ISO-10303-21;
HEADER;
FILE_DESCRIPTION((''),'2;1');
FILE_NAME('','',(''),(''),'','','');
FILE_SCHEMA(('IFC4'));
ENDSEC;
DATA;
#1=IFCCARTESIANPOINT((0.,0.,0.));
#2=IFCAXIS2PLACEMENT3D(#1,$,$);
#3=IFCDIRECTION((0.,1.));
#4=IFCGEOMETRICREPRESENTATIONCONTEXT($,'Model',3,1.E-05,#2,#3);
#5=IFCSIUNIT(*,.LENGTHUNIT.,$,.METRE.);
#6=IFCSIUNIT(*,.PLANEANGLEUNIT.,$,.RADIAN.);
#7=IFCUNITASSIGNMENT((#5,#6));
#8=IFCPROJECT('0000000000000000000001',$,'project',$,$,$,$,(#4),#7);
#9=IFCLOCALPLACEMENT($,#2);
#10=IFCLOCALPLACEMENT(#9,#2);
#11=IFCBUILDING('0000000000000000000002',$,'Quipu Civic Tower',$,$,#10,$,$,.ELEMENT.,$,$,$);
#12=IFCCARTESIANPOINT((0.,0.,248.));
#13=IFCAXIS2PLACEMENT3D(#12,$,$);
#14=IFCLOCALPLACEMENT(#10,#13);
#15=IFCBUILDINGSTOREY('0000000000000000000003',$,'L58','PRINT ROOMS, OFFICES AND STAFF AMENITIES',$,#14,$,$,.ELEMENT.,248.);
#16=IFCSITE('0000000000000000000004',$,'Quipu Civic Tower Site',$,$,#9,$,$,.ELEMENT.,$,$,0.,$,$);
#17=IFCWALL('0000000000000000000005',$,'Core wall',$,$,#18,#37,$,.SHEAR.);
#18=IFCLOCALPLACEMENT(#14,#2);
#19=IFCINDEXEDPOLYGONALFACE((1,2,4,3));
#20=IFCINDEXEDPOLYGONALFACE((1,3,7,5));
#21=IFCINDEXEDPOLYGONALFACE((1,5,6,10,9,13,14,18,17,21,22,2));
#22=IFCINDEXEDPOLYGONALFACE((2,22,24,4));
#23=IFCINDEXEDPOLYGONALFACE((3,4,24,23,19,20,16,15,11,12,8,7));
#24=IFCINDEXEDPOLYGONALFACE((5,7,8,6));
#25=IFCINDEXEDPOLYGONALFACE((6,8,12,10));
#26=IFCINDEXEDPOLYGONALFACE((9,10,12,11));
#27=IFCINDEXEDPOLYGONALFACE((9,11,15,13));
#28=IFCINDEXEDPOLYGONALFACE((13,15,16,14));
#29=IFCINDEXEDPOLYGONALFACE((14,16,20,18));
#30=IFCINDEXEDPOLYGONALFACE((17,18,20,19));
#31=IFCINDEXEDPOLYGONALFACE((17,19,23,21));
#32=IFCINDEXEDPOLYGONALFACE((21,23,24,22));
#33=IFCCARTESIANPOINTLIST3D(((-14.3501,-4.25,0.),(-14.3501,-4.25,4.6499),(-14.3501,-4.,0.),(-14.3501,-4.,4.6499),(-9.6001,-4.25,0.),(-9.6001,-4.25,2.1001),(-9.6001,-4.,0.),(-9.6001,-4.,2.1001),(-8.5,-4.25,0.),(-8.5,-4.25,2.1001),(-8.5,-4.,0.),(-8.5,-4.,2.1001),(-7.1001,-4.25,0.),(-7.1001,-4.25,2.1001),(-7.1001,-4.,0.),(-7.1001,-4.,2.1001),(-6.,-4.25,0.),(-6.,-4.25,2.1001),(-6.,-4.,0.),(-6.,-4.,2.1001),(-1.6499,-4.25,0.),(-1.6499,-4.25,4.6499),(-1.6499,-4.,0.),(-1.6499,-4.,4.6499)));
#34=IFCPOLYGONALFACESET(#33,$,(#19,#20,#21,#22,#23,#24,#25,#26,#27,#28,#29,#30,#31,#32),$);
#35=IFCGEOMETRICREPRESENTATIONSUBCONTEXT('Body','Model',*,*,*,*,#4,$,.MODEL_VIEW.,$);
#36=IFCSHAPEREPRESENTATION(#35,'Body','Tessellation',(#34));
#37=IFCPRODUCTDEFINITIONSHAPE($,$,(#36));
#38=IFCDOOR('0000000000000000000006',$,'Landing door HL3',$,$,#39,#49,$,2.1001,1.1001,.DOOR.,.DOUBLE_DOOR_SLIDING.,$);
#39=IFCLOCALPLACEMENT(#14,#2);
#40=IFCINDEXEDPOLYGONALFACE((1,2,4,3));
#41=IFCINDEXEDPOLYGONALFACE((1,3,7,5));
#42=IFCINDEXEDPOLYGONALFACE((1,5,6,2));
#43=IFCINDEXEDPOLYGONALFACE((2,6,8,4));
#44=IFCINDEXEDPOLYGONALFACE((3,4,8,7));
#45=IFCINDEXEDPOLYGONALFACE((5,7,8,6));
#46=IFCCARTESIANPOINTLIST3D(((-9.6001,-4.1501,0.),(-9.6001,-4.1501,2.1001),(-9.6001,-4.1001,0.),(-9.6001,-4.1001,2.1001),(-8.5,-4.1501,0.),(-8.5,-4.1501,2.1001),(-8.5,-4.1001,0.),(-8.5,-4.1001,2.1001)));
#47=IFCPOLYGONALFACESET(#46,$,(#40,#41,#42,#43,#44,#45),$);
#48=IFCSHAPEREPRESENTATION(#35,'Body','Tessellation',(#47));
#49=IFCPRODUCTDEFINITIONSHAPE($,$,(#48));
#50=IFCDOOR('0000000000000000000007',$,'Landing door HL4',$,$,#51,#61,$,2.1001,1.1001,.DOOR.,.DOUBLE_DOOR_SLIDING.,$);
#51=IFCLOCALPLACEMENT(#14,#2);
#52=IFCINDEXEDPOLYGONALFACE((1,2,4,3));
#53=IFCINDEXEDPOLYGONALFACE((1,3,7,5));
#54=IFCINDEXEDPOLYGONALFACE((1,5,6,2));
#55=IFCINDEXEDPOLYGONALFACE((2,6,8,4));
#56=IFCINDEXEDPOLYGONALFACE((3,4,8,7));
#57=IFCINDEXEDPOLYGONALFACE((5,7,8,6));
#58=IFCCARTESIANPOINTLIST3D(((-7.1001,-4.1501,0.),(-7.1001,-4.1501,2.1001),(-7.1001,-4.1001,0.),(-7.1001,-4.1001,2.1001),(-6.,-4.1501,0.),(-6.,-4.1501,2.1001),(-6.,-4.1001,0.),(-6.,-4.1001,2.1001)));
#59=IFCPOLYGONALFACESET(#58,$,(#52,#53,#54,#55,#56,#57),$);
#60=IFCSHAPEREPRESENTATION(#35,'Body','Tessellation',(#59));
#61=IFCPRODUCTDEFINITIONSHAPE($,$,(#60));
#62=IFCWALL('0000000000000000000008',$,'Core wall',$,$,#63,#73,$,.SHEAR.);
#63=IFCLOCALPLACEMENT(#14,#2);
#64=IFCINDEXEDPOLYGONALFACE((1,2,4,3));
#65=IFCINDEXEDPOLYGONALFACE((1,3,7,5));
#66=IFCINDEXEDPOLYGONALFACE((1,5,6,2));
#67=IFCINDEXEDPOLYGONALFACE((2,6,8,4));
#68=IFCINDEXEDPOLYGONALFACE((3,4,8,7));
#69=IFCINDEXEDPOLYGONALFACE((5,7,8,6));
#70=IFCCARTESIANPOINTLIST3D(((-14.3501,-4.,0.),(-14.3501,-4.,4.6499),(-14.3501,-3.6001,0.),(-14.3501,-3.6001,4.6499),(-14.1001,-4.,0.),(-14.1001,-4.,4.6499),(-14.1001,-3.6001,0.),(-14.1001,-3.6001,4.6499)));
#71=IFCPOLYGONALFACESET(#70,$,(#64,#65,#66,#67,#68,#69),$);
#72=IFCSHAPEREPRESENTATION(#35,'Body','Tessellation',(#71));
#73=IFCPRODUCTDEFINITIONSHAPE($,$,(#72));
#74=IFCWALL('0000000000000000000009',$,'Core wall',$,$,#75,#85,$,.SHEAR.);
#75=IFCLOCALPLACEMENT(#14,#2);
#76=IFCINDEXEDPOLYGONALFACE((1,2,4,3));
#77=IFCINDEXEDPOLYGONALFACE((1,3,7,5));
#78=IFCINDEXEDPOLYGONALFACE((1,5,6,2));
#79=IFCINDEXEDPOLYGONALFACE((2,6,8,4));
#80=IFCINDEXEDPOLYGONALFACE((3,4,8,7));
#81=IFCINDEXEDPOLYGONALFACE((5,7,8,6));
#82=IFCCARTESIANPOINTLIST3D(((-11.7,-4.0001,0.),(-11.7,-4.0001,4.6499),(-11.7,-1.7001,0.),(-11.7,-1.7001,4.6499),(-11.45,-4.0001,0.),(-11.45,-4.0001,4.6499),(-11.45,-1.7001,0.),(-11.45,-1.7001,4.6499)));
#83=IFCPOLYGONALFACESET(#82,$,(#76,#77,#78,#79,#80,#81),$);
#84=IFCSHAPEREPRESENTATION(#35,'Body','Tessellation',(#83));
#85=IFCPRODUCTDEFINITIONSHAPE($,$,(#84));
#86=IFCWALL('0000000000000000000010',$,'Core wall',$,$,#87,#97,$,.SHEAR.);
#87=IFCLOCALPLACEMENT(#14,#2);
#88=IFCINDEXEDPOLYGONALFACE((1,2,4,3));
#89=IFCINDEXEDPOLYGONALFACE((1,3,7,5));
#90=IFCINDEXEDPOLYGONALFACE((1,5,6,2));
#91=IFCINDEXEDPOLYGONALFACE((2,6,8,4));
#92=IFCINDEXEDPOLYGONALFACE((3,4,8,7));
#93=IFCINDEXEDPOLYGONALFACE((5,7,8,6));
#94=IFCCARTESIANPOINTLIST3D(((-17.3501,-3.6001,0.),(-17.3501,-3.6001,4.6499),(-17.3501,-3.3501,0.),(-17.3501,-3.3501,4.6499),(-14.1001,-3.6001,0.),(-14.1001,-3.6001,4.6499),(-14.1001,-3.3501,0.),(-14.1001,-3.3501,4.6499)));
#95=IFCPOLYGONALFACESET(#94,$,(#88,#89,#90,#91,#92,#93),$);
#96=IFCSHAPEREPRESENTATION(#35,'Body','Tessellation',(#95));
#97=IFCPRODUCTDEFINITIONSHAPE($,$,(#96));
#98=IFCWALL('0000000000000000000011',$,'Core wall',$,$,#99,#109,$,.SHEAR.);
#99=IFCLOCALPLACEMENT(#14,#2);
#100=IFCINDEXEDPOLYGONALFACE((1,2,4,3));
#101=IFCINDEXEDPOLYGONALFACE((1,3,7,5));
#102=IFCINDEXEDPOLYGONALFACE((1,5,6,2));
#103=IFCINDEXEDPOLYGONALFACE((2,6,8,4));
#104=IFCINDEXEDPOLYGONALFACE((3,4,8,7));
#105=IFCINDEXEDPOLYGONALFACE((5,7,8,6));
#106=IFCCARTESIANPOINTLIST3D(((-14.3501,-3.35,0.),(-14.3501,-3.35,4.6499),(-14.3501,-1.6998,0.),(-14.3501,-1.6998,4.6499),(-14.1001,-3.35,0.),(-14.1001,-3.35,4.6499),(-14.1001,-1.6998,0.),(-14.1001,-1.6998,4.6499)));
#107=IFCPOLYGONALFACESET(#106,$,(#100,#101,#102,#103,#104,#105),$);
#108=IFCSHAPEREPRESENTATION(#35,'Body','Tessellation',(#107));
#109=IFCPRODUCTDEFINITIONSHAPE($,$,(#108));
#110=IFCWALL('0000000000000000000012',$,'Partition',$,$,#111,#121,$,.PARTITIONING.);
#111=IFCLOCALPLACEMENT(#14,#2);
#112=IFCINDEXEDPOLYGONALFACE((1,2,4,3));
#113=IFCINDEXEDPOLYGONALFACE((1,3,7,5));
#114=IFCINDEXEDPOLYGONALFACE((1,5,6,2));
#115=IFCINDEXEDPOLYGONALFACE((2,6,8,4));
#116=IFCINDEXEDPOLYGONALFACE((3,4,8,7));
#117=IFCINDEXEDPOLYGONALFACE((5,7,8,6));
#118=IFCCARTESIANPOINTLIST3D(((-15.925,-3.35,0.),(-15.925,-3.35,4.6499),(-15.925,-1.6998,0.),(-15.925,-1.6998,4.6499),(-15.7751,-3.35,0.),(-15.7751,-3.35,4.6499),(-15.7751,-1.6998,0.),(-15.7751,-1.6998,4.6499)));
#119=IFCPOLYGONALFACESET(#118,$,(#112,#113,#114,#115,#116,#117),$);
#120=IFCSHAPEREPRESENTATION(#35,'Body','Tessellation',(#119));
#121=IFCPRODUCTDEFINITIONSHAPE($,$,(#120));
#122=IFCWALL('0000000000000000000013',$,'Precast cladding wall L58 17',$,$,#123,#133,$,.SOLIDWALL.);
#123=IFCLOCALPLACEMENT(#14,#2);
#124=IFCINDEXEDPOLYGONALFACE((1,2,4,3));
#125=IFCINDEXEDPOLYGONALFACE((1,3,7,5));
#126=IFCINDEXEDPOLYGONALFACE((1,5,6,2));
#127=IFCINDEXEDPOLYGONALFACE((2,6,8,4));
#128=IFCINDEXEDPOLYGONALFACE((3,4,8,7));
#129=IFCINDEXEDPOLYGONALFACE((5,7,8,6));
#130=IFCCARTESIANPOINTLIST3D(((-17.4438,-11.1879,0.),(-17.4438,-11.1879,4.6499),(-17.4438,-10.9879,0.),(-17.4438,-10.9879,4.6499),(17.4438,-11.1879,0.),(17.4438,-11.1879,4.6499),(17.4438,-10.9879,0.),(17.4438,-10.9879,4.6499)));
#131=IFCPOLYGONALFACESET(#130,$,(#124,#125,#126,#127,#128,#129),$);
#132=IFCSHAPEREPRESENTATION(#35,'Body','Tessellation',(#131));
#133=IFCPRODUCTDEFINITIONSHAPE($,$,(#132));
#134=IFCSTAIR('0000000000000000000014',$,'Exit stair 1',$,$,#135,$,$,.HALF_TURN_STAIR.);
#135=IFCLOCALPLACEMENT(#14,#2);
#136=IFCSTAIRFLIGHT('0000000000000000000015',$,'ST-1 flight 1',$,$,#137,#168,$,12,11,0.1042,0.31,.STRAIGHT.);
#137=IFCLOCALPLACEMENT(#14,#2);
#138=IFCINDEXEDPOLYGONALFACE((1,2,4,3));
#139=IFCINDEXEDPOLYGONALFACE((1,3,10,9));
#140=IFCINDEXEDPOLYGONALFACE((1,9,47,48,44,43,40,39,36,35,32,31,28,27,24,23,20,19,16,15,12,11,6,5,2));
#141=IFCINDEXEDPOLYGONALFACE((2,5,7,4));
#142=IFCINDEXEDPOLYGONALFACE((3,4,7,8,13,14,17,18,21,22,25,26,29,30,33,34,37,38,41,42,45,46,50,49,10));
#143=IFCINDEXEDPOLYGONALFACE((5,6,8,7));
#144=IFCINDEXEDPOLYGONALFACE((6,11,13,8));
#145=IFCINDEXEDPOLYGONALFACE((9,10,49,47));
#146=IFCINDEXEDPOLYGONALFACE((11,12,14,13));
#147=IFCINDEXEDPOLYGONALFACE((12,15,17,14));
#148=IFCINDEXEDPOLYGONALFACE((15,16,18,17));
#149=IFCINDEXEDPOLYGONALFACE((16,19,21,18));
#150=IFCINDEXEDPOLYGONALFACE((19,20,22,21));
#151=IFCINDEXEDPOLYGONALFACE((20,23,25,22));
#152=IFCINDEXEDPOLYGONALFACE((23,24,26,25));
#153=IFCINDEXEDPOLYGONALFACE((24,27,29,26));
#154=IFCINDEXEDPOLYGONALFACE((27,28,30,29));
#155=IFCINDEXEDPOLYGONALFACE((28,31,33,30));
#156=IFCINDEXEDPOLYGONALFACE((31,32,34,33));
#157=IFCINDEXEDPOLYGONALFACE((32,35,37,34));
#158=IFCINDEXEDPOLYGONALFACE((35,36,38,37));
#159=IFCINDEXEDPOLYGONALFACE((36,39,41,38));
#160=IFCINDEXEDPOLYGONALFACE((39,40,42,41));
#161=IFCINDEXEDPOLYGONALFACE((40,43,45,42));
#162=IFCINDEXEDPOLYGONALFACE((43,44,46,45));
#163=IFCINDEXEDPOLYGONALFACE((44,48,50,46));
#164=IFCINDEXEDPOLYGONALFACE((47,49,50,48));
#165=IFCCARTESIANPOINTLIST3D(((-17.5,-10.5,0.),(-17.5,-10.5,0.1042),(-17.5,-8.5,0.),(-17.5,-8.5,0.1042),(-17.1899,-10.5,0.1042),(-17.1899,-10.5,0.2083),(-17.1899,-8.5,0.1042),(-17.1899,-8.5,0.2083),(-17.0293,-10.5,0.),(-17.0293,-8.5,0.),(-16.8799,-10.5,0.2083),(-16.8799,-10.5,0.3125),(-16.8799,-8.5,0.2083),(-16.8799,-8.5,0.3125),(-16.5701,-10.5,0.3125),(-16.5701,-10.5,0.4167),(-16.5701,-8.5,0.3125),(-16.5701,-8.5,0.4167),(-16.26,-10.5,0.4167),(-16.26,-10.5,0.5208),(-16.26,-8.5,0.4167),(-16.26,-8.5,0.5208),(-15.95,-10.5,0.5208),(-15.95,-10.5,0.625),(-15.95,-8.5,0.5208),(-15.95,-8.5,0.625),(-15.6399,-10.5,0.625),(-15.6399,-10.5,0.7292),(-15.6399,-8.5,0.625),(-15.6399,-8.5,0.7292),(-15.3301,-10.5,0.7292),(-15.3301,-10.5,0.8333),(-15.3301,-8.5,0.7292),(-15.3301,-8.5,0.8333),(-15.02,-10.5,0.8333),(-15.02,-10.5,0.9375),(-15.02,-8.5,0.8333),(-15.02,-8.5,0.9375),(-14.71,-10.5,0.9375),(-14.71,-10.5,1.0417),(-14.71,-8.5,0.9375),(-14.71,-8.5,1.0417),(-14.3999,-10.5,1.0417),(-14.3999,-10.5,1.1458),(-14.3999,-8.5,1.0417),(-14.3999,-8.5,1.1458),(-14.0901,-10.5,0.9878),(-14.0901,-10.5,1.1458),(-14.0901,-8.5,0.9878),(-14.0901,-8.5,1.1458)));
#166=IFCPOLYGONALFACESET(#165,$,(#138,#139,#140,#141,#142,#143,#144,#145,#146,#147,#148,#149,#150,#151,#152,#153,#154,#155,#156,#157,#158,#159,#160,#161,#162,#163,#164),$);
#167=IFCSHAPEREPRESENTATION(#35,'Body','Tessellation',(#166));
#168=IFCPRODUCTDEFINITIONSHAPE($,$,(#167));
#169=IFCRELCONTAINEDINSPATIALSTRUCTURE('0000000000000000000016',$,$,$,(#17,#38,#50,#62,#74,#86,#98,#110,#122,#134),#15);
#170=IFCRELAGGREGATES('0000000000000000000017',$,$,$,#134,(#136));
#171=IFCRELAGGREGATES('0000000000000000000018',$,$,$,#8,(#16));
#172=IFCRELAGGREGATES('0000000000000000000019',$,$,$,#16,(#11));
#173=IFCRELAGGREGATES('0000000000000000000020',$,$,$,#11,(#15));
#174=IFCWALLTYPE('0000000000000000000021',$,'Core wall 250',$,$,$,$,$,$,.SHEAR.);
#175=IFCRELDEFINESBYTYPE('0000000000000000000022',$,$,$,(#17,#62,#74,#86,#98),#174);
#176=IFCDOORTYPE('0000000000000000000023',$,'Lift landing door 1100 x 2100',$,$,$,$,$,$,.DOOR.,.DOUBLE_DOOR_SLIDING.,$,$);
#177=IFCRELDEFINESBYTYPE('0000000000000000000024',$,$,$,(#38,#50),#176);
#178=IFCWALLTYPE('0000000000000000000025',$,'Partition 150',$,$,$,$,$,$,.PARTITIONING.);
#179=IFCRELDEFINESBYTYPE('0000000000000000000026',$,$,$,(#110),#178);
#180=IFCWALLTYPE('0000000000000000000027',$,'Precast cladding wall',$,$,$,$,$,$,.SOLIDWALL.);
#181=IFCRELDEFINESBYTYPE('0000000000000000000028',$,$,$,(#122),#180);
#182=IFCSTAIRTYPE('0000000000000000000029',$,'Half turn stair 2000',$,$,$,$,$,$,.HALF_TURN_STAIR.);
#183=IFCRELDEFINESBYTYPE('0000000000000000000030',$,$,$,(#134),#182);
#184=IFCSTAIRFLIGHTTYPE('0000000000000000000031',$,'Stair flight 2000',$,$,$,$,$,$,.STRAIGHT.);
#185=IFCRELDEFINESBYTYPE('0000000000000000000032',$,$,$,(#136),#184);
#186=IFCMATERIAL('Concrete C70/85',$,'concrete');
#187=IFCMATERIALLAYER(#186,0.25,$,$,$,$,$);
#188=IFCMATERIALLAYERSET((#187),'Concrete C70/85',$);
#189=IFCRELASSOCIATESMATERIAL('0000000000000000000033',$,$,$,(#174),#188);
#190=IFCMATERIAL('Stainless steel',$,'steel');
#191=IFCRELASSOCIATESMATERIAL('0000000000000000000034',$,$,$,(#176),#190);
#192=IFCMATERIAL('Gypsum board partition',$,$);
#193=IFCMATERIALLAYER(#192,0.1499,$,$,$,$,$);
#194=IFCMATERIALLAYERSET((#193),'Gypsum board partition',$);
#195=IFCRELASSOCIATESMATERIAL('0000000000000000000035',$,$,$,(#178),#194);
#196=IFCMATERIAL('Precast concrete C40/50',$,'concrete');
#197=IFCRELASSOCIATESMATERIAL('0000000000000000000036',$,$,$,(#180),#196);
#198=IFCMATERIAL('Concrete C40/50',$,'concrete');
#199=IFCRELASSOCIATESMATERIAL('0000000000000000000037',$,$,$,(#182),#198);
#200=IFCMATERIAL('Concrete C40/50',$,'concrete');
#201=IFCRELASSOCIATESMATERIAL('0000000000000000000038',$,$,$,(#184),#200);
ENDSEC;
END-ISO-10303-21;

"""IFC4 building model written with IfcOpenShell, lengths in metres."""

from ifc_helpers import new_model, si_unit, direction, frame, frame_2d, origin, place, context, subcontext, project, spatial, polyline, rectangle, outline, extrude, material, layer, layer_set, type_object, element, fill, aggregate, save


model = new_model("IFC4")

# Units and contexts
model_context = context("Model", 3, precision=1e-05, world=origin(), true_north=direction((0.0, 1.0)))
body_context = subcontext(model_context, "Body", "Model", "MODEL_VIEW")
ifc_project = project(units=[si_unit("LENGTHUNIT", "METRE"), si_unit("PLANEANGLEUNIT", "RADIAN")], contexts=[model_context])

# Site, building, storey
site_placement = place(None, origin())
site = spatial("IfcSite", under=ifc_project, at=site_placement, Name="Quipu Civic Tower Site", CompositionType="ELEMENT", RefElevation=0.0)
building_placement = place(site_placement, origin())
building = spatial("IfcBuilding", under=site, at=building_placement, Name="Quipu Civic Tower", CompositionType="ELEMENT")
storey_placement = place(building_placement, frame((0.0, 0.0, 248.0)))
storey = spatial("IfcBuildingStorey", under=building, at=storey_placement, Name="L58", Description="PRINT ROOMS, OFFICES AND STAFF AMENITIES", CompositionType="ELEMENT", Elevation=248.0)

# Shared definitions
ifc_material_1 = material(Name="Concrete C70/85", Category="concrete")
ifc_layer_1 = layer(ifc_material_1, 0.25)
ifc_layer_set_1 = layer_set([ifc_layer_1], Name="Concrete C70/85")
wall_type_1 = type_object("IfcWallType", Name="Core wall 250", PredefinedType="SHEAR", material=ifc_layer_set_1)

# Wall, openings, doors
wall_1_placement = place(storey_placement, frame((-14.3501, -4.125, 0.0), z_axis=(0.0, 0.0, 1.0), x_axis=(1.0, 0.0, 0.0)))
wall_1 = element("IfcWall", 1, at=wall_1_placement, inside=storey, type_object=wall_type_1, Name="Core wall", PredefinedType="SHEAR", context=body_context, shape_type="SweptSolid", body=[
    extrude(rectangle(XDim=12.7002, YDim=0.25, at=frame_2d((6.3501, 0.0))), origin(), (0.0, 0.0, 1.0), 4.6499),
])
opening_1_placement = place(wall_1_placement, frame((4.75, 0.0, 0.0)))
opening_1 = element("IfcOpeningElement", 2, at=opening_1_placement, cuts=wall_1, PredefinedType="OPENING", context=body_context, shape_type="SweptSolid", body=[
    extrude(rectangle(XDim=1.1001, YDim=2.1001, at=frame_2d((0.55, 1.05))), frame((0.0, 0.135, 0.0), z_axis=(0.0, -1.0, 0.0), x_axis=(1.0, 0.0, 0.0)), (0.0, 0.0, 1.0), 0.27),
])
opening_2_placement = place(wall_1_placement, frame((7.25, 0.0, 0.0)))
opening_2 = element("IfcOpeningElement", 3, at=opening_2_placement, cuts=wall_1, PredefinedType="OPENING", context=body_context, shape_type="SweptSolid", body=[
    extrude(rectangle(XDim=1.1001, YDim=2.1001, at=frame_2d((0.55, 1.05))), frame((0.0, 0.135, 0.0), z_axis=(0.0, -1.0, 0.0), x_axis=(1.0, 0.0, 0.0)), (0.0, 0.0, 1.0), 0.27),
])
ifc_material_2 = material(Name="Stainless steel", Category="steel")
door_type_1 = type_object("IfcDoorType", Name="Lift landing door 1100 x 2100", OperationType="DOUBLE_DOOR_SLIDING", PredefinedType="DOOR", material=ifc_material_2)
door_1_placement = place(opening_1_placement, origin())
door_1 = element("IfcDoor", 4, at=door_1_placement, inside=storey, type_object=door_type_1, Name="Landing door HL3", OperationType="DOUBLE_DOOR_SLIDING", OverallHeight=2.1001, OverallWidth=1.1001, PredefinedType="DOOR", context=body_context, shape_type="SweptSolid", body=[
    extrude(rectangle(XDim=1.1001, YDim=2.1001, at=frame_2d((0.55, 1.05))), frame((0.0, 0.0249, 0.0), z_axis=(0.0, -1.0, 0.0), x_axis=(1.0, 0.0, 0.0)), (0.0, 0.0, 1.0), 0.05),
])
fill(opening_1, door_1)
door_2_placement = place(opening_2_placement, origin())
door_2 = element("IfcDoor", 5, at=door_2_placement, inside=storey, type_object=door_type_1, Name="Landing door HL4", OperationType="DOUBLE_DOOR_SLIDING", OverallHeight=2.1001, OverallWidth=1.1001, PredefinedType="DOOR", context=body_context, shape_type="SweptSolid", body=[
    extrude(rectangle(XDim=1.1001, YDim=2.1001, at=frame_2d((0.55, 1.05))), frame((0.0, 0.0249, 0.0), z_axis=(0.0, -1.0, 0.0), x_axis=(1.0, 0.0, 0.0)), (0.0, 0.0, 1.0), 0.05),
])
fill(opening_2, door_2)

# Walls
wall_2_placement = place(storey_placement, frame((-14.2251, -4.0, 0.0), z_axis=(0.0, 0.0, 1.0), x_axis=(0.0, 1.0, 0.0)))
element("IfcWall", 6, at=wall_2_placement, inside=storey, type_object=wall_type_1, Name="Core wall", PredefinedType="SHEAR", context=body_context, shape_type="SweptSolid", body=[
    extrude(rectangle(XDim=0.3999, YDim=0.25, at=frame_2d((0.2, 0.0))), origin(), (0.0, 0.0, 1.0), 4.6499),
])
wall_3_placement = place(storey_placement, frame((-11.575, -4.0, 0.0), z_axis=(0.0, 0.0, 1.0), x_axis=(0.0, 1.0, 0.0)))
element("IfcWall", 7, at=wall_3_placement, inside=storey, type_object=wall_type_1, Name="Core wall", PredefinedType="SHEAR", context=body_context, shape_type="SweptSolid", body=[
    extrude(rectangle(XDim=2.3, YDim=0.25, at=frame_2d((1.1499, 0.0))), origin(), (0.0, 0.0, 1.0), 4.6499),
])
wall_4_placement = place(storey_placement, frame((-17.3501, -3.4751, 0.0), z_axis=(0.0, 0.0, 1.0), x_axis=(1.0, 0.0, 0.0)))
element("IfcWall", 8, at=wall_4_placement, inside=storey, type_object=wall_type_1, Name="Core wall", PredefinedType="SHEAR", context=body_context, shape_type="SweptSolid", body=[
    extrude(rectangle(XDim=3.25, YDim=0.25, at=frame_2d((1.625, 0.0))), origin(), (0.0, 0.0, 1.0), 4.6499),
])
wall_5_placement = place(storey_placement, frame((-14.2251, -3.3501, 0.0), z_axis=(0.0, 0.0, 1.0), x_axis=(0.0, 1.0, 0.0)))
element("IfcWall", 9, at=wall_5_placement, inside=storey, type_object=wall_type_1, Name="Core wall", PredefinedType="SHEAR", context=body_context, shape_type="SweptSolid", body=[
    extrude(rectangle(XDim=1.6501, YDim=0.25, at=frame_2d((0.8252, 0.0))), origin(), (0.0, 0.0, 1.0), 4.6499),
])
ifc_material_3 = material(Name="Gypsum board partition")
ifc_layer_2 = layer(ifc_material_3, 0.1499)
ifc_layer_set_2 = layer_set([ifc_layer_2], Name="Gypsum board partition")
wall_type_2 = type_object("IfcWallType", Name="Partition 150", PredefinedType="PARTITIONING", material=ifc_layer_set_2)
wall_6_placement = place(storey_placement, frame((-15.8501, -3.3501, 0.0), z_axis=(0.0, 0.0, 1.0), x_axis=(0.0, 1.0, 0.0)))
element("IfcWall", 10, at=wall_6_placement, inside=storey, type_object=wall_type_2, Name="Partition", PredefinedType="PARTITIONING", context=body_context, shape_type="SweptSolid", body=[
    extrude(rectangle(XDim=1.6501, YDim=0.1499, at=frame_2d((0.8252, 0.0))), origin(), (0.0, 0.0, 1.0), 4.6499),
])
ifc_material_4 = material(Name="Precast concrete C40/50", Category="concrete")
wall_type_3 = type_object("IfcWallType", Name="Precast cladding wall", PredefinedType="SOLIDWALL", material=ifc_material_4)
wall_7_placement = place(storey_placement, frame((-17.4438, -11.0879, 0.0), z_axis=(0.0, 0.0, 1.0), x_axis=(1.0, 0.0, 0.0)))
element("IfcWall", 11, at=wall_7_placement, inside=storey, type_object=wall_type_3, Name="Precast cladding wall L58 17", PredefinedType="SOLIDWALL", context=body_context, shape_type="SweptSolid", body=[
    extrude(rectangle(XDim=34.8877, YDim=0.2, at=frame_2d((17.4438, 0.0))), origin(), (0.0, 0.0, 1.0), 4.6499),
])

# Stair, stair flight
ifc_material_5 = material(Name="Concrete C40/50", Category="concrete")
stair_type = type_object("IfcStairType", Name="Half turn stair 2000", PredefinedType="HALF_TURN_STAIR", material=ifc_material_5)
stair_placement = place(storey_placement, origin())
stair = element("IfcStair", 12, at=stair_placement, inside=storey, type_object=stair_type, Name="Exit stair 1", PredefinedType="HALF_TURN_STAIR")
ifc_material_6 = material(Name="Concrete C40/50", Category="concrete")
stair_flight_type = type_object("IfcStairFlightType", Name="Stair flight 2000", PredefinedType="STRAIGHT", material=ifc_material_6)
stair_flight_1_placement = place(storey_placement, frame((-17.5, -9.5, 0.0), z_axis=(0.0, 0.0, 1.0), x_axis=(1.0, 0.0, 0.0)))
stair_flight_1 = element("IfcStairFlight", 13, at=stair_flight_1_placement, type_object=stair_flight_type, Name="ST-1 flight 1", NumberOfRisers=12, NumberOfTreads=11, PredefinedType="STRAIGHT", RiserHeight=0.1042, TreadLength=0.31, context=body_context, shape_type="SweptSolid", body=[
    extrude(outline(polyline([(0.0, 0.0), (0.0, 0.1042), (0.3101, 0.1042), (0.3101, 0.2083), (0.6201, 0.2083), (0.6201, 0.3125), (0.9299, 0.3125), (0.9299, 0.4167), (1.24, 0.4167), (1.24, 0.5208), (1.55, 0.5208), (1.55, 0.625), (1.8601, 0.625), (1.8601, 0.7292), (2.1699, 0.7292), (2.1699, 0.8333), (2.48, 0.8333), (2.48, 0.9375), (2.79, 0.9375), (2.79, 1.0417), (3.1001, 1.0417), (3.1001, 1.1458), (3.4099, 1.1458), (3.4099, 1.25), (3.4099, 0.9878), (0.4707, 0.0), (0.0, 0.0)])), frame((0.0, 1.0, 0.0), z_axis=(0.0, -1.0, 0.0), x_axis=(1.0, 0.0, 0.0)), (0.0, 0.0, 1.0), 2.0),
])
aggregate(stair, [stair_flight_1])

save(model, "model.ifc")
